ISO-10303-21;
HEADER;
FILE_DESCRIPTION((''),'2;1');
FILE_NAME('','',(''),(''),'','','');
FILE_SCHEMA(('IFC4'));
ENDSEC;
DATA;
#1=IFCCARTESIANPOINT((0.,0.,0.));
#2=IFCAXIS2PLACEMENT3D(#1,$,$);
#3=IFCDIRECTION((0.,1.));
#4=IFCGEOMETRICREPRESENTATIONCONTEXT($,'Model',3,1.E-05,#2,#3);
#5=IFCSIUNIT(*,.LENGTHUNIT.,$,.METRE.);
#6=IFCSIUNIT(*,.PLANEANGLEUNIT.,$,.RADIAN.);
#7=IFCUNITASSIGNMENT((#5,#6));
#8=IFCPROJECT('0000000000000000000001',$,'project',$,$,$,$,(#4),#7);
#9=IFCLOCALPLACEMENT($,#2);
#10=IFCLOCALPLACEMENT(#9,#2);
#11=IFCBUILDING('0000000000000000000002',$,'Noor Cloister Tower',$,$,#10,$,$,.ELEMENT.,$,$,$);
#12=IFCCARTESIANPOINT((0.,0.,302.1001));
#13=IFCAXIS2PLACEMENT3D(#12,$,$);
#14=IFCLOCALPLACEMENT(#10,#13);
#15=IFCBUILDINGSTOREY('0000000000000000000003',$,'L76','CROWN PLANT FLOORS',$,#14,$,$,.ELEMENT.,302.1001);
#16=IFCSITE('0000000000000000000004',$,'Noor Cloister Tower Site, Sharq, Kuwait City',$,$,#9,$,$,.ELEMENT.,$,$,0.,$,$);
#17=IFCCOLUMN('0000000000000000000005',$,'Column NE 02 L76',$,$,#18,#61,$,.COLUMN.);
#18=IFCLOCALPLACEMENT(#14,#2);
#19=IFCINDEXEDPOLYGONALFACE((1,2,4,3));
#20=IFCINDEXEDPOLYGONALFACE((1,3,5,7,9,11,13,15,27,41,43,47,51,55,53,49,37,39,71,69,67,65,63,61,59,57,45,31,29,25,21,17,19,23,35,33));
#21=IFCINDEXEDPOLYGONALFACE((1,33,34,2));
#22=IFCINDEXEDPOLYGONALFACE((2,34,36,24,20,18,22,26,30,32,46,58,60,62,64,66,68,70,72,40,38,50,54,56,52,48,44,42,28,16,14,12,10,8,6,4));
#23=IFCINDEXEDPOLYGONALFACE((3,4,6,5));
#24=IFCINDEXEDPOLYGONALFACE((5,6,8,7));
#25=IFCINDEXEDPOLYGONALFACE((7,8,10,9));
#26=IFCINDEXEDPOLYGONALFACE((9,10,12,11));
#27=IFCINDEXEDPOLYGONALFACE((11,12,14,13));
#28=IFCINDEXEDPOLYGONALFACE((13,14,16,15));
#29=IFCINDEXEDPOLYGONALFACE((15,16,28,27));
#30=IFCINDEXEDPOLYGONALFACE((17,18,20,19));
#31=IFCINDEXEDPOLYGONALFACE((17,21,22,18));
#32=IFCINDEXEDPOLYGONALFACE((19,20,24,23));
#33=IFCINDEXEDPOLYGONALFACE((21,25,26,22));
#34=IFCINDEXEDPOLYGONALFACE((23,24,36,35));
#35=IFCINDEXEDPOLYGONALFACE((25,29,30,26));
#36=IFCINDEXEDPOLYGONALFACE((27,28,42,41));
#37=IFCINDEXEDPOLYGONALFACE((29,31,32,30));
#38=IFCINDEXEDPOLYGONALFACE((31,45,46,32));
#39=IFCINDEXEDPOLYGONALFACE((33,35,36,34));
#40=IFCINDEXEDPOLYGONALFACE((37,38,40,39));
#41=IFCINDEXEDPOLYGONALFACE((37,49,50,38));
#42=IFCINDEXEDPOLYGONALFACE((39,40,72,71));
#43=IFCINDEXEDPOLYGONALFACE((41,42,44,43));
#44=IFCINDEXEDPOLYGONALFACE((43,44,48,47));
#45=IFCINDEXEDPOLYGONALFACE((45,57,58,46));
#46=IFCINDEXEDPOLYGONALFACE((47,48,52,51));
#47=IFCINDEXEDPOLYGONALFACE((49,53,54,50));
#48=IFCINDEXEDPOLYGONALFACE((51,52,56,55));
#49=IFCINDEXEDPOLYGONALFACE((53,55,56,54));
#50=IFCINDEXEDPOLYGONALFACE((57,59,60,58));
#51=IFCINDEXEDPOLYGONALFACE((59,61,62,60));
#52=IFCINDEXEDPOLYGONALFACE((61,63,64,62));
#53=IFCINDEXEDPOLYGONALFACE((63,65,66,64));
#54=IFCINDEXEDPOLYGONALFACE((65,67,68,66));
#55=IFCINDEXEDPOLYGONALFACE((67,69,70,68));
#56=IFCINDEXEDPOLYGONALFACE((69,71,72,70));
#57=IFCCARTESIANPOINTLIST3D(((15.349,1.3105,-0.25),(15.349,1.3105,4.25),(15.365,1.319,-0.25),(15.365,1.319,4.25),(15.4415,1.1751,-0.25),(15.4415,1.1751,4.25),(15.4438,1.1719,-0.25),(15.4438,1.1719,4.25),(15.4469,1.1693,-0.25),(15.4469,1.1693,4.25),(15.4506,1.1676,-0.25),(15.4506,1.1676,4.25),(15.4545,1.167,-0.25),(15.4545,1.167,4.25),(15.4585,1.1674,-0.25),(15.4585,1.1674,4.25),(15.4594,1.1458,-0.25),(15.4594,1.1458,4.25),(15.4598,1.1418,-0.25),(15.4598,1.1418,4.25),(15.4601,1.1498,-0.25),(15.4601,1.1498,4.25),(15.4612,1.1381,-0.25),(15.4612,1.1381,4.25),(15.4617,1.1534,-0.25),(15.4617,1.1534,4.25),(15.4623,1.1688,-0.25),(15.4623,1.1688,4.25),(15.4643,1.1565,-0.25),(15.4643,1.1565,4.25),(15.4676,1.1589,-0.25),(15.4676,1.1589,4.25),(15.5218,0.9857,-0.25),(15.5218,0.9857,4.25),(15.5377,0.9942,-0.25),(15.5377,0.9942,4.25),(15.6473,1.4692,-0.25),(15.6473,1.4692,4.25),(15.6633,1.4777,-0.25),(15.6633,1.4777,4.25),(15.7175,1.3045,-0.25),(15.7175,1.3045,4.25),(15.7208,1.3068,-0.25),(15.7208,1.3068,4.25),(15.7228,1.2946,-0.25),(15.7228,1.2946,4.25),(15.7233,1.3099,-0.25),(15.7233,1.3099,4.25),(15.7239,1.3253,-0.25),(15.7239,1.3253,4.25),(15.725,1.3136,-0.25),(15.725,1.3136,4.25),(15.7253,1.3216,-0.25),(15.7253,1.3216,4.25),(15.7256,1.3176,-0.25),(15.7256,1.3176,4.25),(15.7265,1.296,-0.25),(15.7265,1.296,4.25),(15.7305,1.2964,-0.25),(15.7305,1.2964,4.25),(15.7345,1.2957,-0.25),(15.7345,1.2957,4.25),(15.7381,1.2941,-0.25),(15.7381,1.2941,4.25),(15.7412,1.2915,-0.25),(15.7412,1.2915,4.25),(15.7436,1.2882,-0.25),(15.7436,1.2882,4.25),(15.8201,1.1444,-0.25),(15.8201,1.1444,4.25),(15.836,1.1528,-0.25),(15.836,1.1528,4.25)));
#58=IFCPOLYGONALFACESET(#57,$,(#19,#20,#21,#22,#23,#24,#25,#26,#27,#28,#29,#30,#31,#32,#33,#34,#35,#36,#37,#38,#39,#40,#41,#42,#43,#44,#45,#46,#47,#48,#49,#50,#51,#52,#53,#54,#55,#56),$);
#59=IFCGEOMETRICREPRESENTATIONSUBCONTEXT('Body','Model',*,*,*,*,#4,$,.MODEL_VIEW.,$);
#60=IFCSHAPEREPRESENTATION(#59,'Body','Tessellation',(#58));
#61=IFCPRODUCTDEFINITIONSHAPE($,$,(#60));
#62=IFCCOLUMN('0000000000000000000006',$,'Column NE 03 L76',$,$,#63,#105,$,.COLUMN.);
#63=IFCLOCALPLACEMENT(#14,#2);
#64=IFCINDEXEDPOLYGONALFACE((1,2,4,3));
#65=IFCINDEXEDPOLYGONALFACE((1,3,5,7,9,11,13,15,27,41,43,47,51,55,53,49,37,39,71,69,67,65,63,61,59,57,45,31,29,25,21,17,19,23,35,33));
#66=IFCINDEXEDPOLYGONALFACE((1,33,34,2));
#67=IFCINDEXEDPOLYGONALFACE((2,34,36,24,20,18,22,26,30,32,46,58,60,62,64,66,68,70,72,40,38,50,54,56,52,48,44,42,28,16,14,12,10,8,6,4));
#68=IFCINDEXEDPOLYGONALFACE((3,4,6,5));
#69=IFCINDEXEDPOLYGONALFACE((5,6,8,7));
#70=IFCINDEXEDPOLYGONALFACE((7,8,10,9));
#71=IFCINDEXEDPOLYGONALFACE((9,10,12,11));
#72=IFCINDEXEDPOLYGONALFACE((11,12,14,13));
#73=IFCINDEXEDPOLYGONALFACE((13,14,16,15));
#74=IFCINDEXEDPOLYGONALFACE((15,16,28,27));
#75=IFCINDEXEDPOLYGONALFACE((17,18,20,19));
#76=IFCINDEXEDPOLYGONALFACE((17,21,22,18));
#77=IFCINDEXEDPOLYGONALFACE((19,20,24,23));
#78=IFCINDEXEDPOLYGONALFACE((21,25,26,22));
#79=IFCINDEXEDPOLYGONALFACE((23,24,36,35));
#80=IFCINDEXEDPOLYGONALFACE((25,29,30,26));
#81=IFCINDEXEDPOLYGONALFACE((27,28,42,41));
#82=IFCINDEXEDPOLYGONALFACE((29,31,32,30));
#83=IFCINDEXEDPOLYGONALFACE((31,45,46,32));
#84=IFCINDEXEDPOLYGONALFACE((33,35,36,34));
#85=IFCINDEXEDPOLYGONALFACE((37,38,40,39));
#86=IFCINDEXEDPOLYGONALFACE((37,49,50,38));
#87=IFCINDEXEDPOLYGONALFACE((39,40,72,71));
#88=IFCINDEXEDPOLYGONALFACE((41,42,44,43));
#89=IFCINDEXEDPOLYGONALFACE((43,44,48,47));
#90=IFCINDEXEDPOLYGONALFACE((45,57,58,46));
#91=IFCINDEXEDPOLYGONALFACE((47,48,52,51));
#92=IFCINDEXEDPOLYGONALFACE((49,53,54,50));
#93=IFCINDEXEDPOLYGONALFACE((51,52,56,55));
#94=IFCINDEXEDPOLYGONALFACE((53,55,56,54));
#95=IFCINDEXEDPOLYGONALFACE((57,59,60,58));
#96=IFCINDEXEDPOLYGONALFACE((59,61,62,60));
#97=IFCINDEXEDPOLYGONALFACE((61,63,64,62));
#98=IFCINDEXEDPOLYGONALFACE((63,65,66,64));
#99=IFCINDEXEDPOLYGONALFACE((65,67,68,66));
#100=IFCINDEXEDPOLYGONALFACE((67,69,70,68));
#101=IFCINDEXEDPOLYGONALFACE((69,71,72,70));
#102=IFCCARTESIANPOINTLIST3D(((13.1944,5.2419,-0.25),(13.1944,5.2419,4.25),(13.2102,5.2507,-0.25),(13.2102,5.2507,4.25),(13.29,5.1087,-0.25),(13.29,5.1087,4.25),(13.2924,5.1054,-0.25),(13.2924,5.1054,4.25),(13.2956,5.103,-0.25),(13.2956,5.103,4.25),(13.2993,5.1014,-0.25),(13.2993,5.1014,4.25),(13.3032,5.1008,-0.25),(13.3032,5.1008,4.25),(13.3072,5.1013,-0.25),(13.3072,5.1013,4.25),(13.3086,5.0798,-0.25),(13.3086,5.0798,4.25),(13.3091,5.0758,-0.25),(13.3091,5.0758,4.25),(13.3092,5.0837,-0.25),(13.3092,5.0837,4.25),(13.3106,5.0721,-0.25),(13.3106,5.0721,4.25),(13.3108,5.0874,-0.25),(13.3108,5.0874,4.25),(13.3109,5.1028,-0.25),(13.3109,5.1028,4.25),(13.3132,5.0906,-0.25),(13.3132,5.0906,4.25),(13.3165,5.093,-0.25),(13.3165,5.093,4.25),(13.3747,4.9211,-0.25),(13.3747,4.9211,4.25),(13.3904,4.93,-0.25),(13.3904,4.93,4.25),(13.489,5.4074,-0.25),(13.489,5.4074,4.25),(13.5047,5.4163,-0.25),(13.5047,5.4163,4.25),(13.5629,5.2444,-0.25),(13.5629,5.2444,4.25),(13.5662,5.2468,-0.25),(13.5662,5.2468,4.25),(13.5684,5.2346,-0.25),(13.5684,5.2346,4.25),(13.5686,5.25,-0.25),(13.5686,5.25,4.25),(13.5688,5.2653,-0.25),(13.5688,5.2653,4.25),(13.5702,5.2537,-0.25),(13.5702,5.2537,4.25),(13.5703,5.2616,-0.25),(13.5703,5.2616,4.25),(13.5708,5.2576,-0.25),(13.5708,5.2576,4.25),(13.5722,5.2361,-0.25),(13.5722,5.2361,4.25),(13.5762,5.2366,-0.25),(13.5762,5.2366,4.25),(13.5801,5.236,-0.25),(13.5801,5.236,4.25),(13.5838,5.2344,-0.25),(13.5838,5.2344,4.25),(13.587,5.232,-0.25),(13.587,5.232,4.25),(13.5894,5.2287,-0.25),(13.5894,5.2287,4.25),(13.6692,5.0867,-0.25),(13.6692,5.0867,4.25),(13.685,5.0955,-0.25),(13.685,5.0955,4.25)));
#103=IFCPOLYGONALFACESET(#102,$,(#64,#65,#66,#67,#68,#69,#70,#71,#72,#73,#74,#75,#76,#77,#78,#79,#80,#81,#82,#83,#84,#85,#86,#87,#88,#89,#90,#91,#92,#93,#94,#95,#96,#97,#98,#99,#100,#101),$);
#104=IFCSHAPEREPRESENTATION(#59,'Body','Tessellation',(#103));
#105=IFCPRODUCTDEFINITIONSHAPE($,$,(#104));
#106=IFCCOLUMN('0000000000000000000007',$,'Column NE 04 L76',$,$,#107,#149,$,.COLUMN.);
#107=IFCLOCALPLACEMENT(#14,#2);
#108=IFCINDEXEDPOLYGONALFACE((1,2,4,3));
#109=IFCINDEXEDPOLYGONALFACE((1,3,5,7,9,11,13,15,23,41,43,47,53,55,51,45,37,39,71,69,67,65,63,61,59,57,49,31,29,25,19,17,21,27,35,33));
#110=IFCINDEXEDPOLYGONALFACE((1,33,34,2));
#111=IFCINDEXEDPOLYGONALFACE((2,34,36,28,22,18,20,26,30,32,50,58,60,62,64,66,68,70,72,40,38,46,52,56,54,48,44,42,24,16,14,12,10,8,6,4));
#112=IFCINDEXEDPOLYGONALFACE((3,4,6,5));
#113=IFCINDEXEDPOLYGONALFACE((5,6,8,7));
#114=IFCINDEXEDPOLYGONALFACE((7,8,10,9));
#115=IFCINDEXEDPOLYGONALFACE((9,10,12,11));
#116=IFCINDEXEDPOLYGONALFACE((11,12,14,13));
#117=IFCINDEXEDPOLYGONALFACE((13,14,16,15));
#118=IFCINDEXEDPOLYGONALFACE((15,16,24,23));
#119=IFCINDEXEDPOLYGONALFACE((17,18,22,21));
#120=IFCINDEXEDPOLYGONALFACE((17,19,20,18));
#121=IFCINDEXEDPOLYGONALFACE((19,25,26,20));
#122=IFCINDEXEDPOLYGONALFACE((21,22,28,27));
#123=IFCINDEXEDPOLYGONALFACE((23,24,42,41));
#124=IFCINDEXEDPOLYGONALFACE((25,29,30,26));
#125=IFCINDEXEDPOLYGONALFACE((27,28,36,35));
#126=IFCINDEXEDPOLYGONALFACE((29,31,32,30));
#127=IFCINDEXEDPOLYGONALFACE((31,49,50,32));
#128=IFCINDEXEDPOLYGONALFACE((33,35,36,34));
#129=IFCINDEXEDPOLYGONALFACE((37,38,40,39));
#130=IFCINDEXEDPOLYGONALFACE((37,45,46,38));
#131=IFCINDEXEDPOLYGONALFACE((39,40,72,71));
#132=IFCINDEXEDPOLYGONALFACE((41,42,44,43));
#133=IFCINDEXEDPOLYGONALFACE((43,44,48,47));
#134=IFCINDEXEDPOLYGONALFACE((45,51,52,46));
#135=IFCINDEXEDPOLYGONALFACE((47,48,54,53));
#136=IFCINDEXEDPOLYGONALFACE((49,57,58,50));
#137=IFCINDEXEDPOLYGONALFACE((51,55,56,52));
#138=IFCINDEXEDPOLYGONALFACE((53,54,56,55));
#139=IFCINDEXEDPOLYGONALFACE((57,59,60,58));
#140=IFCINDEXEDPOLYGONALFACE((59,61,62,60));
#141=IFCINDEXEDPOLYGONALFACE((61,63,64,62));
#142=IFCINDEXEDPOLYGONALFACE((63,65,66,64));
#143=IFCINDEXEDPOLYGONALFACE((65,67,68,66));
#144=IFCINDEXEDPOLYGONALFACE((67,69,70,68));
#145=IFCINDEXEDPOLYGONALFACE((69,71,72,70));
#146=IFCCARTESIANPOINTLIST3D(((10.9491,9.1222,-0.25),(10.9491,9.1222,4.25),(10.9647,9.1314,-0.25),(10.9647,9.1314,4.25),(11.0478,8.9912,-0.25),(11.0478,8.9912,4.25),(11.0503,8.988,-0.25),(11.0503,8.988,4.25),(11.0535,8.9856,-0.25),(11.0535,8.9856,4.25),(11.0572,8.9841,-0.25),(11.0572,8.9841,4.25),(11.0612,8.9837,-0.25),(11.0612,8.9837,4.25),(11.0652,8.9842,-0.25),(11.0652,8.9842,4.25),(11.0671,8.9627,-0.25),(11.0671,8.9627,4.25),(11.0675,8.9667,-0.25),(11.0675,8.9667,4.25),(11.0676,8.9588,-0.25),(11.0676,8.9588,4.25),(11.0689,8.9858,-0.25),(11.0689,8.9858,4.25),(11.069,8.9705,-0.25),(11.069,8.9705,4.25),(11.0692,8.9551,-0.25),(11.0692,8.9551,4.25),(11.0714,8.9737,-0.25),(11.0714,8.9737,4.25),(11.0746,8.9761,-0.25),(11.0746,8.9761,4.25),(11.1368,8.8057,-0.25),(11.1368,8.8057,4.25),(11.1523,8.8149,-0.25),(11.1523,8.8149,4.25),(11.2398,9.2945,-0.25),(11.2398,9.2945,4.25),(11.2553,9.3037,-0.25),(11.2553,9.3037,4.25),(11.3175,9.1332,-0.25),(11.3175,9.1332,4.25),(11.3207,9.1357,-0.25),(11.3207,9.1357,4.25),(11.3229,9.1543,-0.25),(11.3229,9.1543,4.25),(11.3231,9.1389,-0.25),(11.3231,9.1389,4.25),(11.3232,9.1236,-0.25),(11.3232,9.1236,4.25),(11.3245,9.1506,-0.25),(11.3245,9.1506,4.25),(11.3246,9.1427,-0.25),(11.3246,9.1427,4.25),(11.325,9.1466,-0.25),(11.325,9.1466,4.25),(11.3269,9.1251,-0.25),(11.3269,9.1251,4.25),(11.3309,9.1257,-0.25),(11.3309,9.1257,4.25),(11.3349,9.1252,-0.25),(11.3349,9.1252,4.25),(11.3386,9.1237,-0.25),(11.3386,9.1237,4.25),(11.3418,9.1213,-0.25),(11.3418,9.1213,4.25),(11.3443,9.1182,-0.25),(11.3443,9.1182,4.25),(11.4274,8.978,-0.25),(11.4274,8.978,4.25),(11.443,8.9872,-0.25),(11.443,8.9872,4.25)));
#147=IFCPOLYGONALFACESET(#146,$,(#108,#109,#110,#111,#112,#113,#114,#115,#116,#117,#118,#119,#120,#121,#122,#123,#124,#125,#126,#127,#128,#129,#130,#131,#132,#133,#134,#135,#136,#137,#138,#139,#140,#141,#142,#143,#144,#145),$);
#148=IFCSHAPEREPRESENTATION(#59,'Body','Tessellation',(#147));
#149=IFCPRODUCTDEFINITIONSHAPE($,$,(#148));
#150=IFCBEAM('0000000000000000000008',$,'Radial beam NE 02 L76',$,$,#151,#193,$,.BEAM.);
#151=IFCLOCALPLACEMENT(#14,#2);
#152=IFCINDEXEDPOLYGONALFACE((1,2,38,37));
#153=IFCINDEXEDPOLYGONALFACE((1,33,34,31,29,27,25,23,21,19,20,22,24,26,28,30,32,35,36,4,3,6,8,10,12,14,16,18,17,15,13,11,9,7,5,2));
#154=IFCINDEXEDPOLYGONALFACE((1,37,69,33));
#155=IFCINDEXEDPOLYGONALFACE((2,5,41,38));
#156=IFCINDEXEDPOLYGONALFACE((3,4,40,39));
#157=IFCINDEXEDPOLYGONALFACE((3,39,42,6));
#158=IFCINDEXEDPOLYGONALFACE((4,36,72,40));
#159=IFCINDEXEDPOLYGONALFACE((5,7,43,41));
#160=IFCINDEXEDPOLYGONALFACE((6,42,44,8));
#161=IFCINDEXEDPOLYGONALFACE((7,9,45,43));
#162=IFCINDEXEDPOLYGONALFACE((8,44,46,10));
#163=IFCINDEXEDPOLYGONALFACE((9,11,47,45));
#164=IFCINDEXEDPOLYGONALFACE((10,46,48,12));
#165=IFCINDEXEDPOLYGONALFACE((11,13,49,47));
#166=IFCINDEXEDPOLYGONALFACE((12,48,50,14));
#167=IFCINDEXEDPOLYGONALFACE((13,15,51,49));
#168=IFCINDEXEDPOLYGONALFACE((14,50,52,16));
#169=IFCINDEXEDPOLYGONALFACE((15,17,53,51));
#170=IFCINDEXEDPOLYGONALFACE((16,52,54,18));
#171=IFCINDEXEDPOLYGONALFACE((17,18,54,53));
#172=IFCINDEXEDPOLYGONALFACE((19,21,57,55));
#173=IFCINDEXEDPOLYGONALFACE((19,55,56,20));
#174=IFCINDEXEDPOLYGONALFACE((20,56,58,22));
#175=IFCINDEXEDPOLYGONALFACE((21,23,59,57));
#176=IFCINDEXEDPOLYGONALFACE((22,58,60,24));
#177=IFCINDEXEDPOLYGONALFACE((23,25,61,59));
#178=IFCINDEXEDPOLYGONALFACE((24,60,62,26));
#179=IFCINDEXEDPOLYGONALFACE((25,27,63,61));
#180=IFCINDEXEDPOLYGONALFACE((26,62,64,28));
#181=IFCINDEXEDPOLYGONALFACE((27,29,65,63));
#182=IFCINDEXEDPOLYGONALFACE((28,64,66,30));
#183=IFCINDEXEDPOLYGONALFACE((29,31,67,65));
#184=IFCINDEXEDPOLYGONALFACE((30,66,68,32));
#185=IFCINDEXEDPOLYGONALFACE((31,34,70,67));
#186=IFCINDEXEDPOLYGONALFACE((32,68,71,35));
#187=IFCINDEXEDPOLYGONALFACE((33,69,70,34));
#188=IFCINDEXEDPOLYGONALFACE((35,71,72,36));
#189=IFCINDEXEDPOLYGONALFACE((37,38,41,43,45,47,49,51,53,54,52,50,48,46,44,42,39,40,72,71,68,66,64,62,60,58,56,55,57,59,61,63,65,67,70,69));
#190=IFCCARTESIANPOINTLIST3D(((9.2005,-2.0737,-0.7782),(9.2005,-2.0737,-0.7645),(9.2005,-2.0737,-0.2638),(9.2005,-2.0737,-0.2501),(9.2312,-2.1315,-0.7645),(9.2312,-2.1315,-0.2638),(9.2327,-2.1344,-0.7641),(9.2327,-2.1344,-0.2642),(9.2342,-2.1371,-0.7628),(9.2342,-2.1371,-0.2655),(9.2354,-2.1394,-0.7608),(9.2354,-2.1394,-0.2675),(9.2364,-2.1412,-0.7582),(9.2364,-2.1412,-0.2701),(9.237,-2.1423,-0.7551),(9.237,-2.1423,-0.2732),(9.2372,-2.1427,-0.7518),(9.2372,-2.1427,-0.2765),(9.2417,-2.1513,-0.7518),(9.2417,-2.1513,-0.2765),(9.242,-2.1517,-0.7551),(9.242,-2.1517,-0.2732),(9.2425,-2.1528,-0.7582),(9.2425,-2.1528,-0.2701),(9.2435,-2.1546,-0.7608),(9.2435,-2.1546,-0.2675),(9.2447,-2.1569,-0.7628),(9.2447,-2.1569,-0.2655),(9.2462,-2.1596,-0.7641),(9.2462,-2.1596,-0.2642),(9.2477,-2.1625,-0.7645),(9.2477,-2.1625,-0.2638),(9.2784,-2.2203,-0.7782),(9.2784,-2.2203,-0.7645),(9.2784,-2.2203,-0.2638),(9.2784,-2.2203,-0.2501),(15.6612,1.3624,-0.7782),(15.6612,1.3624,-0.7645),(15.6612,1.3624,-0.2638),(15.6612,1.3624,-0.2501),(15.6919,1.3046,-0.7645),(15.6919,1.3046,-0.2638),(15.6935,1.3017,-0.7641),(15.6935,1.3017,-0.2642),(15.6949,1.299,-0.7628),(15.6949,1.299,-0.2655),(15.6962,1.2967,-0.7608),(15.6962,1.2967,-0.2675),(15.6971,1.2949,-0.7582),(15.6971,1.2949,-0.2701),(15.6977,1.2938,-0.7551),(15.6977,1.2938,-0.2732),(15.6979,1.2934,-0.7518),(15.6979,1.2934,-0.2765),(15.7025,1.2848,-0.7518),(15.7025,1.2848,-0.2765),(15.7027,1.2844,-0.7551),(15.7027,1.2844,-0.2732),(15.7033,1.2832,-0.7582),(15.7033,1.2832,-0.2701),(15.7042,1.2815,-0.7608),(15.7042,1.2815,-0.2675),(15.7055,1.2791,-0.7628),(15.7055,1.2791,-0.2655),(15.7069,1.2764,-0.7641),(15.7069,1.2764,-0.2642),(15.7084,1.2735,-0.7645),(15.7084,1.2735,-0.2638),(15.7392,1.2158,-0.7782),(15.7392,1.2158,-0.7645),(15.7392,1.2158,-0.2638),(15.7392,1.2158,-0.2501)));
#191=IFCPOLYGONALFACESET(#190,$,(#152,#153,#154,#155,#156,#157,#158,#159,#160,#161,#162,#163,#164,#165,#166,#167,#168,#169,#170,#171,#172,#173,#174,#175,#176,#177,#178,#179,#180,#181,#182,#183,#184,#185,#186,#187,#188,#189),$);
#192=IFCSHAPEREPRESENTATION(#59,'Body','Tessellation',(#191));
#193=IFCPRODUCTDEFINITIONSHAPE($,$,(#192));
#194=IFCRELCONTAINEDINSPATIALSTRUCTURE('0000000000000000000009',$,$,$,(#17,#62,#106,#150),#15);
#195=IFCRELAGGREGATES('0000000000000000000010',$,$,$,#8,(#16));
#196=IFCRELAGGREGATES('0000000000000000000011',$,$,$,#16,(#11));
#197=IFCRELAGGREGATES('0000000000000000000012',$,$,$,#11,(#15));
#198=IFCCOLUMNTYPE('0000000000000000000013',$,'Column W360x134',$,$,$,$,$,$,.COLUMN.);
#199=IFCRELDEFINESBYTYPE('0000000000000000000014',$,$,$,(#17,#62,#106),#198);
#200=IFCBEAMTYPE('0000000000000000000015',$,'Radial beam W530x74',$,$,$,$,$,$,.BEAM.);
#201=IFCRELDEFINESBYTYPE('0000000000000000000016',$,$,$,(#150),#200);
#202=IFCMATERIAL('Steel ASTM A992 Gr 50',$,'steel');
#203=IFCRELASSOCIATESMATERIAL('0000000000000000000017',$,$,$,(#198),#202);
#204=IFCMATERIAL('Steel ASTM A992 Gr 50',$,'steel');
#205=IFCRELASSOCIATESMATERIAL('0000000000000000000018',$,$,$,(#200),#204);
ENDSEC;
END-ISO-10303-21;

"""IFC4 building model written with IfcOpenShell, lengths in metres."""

from ifc_helpers import new_model, si_unit, direction, frame, origin, origin_2d, place, context, subcontext, project, spatial, i_section, extrude, material, material_profile, profile_set, type_object, element, save


model = new_model("IFC4")

# Units and contexts
model_context = context("Model", 3, precision=1e-05, world=origin(), true_north=direction((0.0, 1.0)))
body_context = subcontext(model_context, "Body", "Model", "MODEL_VIEW")
ifc_project = project(units=[si_unit("LENGTHUNIT", "METRE"), si_unit("PLANEANGLEUNIT", "RADIAN")], contexts=[model_context])

# Site, building, storey
site_placement = place(None, origin())
site = spatial("IfcSite", under=ifc_project, at=site_placement, Name="Noor Cloister Tower Site, Sharq, Kuwait City", CompositionType="ELEMENT", RefElevation=0.0)
building_placement = place(site_placement, origin())
building = spatial("IfcBuilding", under=site, at=building_placement, Name="Noor Cloister Tower", CompositionType="ELEMENT")
storey_placement = place(building_placement, frame((0.0, 0.0, 302.1001)))
storey = spatial("IfcBuildingStorey", under=building, at=storey_placement, Name="L76", Description="CROWN PLANT FLOORS", CompositionType="ELEMENT", Elevation=302.1001)

# Columns
ifc_material_1 = material(Name="Steel ASTM A992 Gr 50", Category="steel")
ifc_material_profile_1 = material_profile(ifc_material_1, i_section(OverallWidth=0.3679, OverallDepth=0.356, WebThickness=0.0112, FlangeThickness=0.0181, FilletRadius=0.0154, at=origin_2d()), Name="W360x134")
ifc_profile_set_1 = profile_set([ifc_material_profile_1], Name="Steel ASTM A992 Gr 50")
column_type = type_object("IfcColumnType", Name="Column W360x134", PredefinedType="COLUMN", material=ifc_profile_set_1)
for number, where, z_axis, x_axis, name in (
    (1, (15.5925, 1.2317, -0.25), (0.0, 0.0, 1.0), (-0.469576, 0.882892, 0.0), "Column NE 02 L76"),
    (2, (13.4397, 5.1687, -0.25), (0.0, 0.0, 1.0), (-0.489924, 0.871765, 0.0), "Column NE 03 L76"),
    (3, (11.196, 9.0547, -0.25), (0.0, 0.0, 1.0), (-0.510009, 0.860169, 0.0), "Column NE 04 L76"),
):
    element("IfcColumn", number, at=place(storey_placement, frame(where, z_axis=z_axis, x_axis=x_axis)), inside=storey, type_object=column_type, Name=name, PredefinedType="COLUMN", context=body_context, shape_type="SweptSolid", body=[
        extrude(i_section(OverallWidth=0.3679, OverallDepth=0.356, WebThickness=0.0112, FlangeThickness=0.0181, FilletRadius=0.0154, at=origin_2d()), origin(), (0.0, 0.0, 1.0), 4.5),
    ])

# Beam
ifc_material_2 = material(Name="Steel ASTM A992 Gr 50", Category="steel")
ifc_material_profile_2 = material_profile(ifc_material_2, i_section(OverallWidth=0.166, OverallDepth=0.5281, WebThickness=0.0098, FlangeThickness=0.0137, FilletRadius=0.0127, at=origin_2d()), Name="W530x74")
ifc_profile_set_2 = profile_set([ifc_material_profile_2], Name="Steel ASTM A992 Gr 50")
beam_type_1 = type_object("IfcBeamType", Name="Radial beam W530x74", PredefinedType="BEAM", material=ifc_profile_set_2)
beam_1_placement = place(storey_placement, frame((15.7002, 1.2891, -0.5142), z_axis=(-0.882901, -0.469559, 0.0), x_axis=(0.469559, -0.882901, 0.0)))
element("IfcBeam", 4, at=beam_1_placement, inside=storey, type_object=beam_type_1, Name="Radial beam NE 02 L76", PredefinedType="BEAM", context=body_context, shape_type="SweptSolid", body=[
    extrude(i_section(OverallWidth=0.166, OverallDepth=0.5281, WebThickness=0.0098, FlangeThickness=0.0137, FilletRadius=0.0127, at=origin_2d()), origin(), (0.0, 0.0, 1.0), 7.3176),
])

save(model, "model.ifc")
